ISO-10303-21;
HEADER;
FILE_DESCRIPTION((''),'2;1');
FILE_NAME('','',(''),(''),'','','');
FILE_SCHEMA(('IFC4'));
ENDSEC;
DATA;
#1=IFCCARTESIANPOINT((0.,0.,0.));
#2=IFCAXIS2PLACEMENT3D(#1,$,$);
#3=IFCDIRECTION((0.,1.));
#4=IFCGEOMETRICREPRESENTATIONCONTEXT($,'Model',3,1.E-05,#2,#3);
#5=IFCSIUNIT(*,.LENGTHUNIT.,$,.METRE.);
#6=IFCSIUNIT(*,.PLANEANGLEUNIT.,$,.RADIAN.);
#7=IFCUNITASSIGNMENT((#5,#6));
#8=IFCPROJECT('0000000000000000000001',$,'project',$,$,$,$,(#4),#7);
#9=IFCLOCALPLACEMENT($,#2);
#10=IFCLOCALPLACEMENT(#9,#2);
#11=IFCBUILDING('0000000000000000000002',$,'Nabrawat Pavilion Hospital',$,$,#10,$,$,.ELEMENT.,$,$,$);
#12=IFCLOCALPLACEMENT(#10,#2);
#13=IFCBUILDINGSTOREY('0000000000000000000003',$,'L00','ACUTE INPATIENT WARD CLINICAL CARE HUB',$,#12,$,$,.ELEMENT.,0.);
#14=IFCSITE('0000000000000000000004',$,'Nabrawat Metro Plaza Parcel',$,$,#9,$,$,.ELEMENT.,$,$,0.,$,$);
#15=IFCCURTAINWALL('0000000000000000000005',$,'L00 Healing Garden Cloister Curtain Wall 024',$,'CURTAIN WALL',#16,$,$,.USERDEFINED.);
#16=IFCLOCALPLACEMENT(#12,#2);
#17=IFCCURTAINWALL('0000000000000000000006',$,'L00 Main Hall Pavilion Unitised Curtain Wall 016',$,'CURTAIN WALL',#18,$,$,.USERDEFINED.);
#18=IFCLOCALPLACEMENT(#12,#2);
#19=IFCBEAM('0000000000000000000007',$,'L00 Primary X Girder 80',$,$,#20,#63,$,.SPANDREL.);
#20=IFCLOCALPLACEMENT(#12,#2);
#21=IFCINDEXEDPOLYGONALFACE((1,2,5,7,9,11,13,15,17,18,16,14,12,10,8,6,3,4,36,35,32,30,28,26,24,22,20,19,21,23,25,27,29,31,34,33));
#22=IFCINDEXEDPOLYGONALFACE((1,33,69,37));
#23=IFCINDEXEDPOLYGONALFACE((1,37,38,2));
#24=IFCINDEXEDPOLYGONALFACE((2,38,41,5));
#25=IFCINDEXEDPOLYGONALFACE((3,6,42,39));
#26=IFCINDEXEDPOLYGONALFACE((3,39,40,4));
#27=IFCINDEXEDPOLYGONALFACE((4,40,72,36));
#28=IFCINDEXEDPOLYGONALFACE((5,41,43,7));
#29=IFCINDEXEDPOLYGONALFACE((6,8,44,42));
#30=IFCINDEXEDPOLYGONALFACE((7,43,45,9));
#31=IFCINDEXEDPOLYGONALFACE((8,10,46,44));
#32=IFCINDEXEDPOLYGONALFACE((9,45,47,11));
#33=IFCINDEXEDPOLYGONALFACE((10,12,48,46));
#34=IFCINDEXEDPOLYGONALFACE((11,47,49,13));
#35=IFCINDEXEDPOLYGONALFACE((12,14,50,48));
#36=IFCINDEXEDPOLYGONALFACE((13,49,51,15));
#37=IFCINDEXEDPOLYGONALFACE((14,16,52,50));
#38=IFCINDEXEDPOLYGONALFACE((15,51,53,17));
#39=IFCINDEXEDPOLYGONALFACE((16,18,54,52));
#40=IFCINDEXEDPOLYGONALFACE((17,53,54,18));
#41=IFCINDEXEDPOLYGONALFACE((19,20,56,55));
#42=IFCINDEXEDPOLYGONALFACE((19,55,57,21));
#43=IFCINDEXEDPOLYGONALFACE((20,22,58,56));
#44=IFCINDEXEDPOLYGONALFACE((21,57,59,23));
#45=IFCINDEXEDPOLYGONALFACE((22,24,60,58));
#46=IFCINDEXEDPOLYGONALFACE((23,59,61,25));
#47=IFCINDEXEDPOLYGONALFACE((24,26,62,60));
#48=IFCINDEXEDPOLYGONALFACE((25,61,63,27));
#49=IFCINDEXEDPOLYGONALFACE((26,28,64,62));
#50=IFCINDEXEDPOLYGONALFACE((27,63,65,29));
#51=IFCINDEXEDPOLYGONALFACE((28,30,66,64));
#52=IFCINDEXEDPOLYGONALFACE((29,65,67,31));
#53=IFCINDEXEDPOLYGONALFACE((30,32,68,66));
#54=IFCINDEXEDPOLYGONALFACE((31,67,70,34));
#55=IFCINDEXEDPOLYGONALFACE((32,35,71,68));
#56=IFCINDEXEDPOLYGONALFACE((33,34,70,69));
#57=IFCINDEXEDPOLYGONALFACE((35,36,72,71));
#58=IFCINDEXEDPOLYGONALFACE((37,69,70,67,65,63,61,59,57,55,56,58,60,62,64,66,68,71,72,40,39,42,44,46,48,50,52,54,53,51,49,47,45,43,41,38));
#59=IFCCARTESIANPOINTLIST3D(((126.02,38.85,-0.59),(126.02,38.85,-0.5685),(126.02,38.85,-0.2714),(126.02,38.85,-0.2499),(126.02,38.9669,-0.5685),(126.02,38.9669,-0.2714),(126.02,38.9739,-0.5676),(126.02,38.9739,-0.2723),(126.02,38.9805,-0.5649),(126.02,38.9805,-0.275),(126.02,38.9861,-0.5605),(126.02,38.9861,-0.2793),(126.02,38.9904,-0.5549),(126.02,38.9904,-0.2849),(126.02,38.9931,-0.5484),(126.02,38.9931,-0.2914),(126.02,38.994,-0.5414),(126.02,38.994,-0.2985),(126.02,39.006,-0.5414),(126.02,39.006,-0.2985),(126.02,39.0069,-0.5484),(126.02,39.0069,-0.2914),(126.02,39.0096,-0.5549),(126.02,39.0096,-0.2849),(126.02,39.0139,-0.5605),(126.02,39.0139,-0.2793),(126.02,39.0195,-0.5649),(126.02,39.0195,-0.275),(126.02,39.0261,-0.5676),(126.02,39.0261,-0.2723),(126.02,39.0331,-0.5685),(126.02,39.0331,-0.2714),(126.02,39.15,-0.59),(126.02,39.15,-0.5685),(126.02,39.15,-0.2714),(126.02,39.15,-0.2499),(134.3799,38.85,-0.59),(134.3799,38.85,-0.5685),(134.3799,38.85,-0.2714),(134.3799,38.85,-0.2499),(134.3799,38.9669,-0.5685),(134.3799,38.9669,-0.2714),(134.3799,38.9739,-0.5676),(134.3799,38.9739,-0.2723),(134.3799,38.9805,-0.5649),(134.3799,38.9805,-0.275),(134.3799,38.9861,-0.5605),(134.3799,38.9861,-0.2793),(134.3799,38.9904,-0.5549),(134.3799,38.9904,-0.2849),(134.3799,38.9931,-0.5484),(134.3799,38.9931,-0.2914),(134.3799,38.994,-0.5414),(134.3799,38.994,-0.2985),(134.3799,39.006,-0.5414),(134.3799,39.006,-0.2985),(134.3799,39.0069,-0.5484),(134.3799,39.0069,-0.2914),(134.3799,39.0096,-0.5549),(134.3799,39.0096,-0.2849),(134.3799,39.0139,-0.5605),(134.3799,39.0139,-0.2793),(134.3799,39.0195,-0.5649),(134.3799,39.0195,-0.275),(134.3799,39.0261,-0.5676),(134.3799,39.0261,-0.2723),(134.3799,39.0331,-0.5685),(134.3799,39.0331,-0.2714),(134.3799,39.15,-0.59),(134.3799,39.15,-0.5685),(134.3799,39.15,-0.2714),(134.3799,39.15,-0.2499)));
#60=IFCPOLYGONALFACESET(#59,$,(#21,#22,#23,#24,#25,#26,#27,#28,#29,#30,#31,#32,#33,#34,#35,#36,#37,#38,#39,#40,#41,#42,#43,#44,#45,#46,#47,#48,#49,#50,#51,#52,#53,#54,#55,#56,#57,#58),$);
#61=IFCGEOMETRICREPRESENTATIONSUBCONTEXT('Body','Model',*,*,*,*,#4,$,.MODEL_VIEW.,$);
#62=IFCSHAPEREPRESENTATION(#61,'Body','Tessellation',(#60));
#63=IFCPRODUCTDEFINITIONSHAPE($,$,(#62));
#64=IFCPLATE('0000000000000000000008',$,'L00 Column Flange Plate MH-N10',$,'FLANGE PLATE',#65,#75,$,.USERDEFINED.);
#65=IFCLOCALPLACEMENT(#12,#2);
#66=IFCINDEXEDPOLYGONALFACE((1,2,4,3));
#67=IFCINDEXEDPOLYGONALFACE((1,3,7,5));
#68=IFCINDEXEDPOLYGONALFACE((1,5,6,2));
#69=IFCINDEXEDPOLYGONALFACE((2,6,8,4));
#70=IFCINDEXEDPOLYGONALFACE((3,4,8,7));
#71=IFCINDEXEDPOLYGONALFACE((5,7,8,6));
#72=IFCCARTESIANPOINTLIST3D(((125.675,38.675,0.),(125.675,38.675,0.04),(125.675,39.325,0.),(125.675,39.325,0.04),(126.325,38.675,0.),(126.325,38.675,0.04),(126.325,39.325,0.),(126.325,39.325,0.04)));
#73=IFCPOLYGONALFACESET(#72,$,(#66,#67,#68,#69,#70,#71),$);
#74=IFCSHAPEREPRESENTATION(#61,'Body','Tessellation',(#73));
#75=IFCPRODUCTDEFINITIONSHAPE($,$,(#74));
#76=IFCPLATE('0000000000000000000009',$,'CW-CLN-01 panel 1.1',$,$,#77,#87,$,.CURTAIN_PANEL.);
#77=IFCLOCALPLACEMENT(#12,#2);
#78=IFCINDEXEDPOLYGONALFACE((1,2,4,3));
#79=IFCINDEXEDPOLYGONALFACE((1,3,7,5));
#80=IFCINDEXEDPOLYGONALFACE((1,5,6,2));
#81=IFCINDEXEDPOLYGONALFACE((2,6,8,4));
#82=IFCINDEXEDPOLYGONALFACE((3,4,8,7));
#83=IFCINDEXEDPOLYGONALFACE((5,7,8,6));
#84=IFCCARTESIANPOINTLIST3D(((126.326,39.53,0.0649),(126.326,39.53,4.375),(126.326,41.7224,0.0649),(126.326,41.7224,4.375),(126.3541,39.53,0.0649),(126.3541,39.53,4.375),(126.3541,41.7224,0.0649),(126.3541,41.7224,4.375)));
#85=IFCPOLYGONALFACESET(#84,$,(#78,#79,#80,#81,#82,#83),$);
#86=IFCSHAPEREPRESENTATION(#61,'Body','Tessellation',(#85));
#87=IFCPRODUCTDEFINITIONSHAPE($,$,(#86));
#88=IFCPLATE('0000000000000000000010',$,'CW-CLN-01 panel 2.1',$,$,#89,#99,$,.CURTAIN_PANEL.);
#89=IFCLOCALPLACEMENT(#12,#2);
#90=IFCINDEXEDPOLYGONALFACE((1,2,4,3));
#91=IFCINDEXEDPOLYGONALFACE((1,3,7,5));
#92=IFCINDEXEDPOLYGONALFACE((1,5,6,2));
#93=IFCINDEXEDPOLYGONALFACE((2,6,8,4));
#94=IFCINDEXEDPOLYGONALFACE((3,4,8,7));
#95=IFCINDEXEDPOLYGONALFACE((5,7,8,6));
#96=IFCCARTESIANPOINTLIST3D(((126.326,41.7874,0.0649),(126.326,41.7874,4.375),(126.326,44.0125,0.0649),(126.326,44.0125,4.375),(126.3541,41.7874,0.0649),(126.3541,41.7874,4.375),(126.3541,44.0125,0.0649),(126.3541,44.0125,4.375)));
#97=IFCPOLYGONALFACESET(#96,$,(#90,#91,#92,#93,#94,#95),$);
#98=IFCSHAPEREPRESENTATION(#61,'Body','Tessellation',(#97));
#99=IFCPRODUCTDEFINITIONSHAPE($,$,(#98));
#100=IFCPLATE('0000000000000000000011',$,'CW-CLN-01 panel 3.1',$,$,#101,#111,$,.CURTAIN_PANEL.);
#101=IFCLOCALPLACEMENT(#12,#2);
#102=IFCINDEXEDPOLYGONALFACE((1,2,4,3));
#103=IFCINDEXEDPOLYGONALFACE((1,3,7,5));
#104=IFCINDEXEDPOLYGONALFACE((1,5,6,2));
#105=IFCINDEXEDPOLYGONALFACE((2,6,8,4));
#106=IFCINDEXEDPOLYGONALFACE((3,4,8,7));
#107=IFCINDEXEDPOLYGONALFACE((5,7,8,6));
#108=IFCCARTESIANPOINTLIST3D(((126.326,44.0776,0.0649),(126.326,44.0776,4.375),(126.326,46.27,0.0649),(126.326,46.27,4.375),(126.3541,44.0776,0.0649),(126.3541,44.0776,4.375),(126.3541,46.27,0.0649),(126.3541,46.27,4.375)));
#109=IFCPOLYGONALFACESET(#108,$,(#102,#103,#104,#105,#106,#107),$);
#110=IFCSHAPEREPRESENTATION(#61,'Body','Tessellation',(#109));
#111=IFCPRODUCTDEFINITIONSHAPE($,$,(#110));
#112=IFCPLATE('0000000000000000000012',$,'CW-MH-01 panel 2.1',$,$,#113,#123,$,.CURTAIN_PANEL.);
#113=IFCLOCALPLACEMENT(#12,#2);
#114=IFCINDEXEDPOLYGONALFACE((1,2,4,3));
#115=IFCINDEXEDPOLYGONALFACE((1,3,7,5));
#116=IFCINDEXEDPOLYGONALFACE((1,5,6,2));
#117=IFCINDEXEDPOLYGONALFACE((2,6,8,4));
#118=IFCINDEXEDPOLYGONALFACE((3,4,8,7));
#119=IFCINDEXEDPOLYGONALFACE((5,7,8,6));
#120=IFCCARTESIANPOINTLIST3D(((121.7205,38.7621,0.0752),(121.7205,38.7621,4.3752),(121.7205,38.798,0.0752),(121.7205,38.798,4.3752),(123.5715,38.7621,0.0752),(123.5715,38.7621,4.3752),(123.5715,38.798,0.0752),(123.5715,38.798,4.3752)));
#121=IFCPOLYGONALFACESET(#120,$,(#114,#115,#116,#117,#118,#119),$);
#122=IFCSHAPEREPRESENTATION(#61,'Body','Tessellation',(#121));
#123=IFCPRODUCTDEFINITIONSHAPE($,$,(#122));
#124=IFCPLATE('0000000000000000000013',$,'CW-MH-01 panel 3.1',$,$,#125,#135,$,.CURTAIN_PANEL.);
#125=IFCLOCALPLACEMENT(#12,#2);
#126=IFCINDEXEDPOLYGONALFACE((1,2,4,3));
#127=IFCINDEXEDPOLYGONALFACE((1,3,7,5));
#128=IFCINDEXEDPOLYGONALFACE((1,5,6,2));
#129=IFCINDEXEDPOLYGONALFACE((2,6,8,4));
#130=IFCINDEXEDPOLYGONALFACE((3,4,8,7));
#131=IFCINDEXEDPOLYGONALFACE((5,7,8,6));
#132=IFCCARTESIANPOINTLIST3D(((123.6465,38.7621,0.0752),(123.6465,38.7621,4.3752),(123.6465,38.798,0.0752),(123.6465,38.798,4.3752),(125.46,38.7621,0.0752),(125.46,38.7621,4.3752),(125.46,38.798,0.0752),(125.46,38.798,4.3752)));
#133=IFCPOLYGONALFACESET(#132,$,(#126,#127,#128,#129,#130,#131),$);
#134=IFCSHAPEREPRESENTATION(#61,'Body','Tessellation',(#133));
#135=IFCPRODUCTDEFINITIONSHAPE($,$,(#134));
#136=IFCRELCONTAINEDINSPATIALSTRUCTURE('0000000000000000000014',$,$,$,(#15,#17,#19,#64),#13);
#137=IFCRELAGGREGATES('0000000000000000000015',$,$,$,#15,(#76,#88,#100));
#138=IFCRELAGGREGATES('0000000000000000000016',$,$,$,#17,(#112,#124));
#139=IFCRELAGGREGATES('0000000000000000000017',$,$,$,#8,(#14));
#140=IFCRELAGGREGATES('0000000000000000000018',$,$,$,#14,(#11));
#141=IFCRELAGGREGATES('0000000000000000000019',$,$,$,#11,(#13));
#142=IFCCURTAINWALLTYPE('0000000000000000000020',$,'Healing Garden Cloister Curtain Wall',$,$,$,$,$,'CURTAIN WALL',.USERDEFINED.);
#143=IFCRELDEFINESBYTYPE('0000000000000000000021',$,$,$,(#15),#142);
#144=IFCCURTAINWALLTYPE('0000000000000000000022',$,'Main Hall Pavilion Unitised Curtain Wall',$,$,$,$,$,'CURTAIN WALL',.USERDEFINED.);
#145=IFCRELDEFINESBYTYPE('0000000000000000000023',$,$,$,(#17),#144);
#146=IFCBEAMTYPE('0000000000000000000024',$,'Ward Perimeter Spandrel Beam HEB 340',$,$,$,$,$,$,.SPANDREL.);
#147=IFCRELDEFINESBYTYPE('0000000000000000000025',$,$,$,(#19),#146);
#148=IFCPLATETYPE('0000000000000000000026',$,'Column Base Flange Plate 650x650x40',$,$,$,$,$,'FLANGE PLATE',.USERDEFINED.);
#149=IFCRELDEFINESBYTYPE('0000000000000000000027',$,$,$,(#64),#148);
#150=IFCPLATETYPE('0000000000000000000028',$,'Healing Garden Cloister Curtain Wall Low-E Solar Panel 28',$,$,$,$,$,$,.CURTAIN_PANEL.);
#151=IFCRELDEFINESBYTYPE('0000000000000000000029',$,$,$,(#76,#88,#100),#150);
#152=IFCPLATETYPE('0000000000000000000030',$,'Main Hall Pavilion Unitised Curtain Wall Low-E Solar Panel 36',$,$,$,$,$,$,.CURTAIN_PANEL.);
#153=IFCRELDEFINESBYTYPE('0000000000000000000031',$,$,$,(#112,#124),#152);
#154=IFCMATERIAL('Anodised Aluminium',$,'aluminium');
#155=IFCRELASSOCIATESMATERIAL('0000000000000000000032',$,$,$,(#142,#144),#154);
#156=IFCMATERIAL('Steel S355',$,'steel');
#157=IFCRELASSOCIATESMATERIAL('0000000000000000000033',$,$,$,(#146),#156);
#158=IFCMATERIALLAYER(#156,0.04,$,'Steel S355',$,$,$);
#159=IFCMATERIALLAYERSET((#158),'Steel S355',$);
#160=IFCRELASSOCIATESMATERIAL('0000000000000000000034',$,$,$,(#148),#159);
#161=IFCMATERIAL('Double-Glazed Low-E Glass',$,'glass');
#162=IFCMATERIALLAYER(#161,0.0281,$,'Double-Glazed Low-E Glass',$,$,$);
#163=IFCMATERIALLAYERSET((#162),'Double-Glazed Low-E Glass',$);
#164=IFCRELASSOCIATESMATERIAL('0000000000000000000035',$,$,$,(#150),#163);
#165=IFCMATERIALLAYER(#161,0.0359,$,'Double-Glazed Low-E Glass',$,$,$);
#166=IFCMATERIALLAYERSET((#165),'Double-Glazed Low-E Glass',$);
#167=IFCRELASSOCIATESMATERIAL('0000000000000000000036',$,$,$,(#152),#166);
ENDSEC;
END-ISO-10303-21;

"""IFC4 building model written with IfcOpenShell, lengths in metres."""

from ifc_helpers import new_model, si_unit, direction, frame, origin, origin_2d, place, context, subcontext, project, spatial, rectangle, i_section, extrude, material, layer, layer_set, material_profile, profile_set, type_object, element, aggregate, save


model = new_model("IFC4")

# Units and contexts
model_context = context("Model", 3, precision=1e-05, world=origin(), true_north=direction((0.0, 1.0)))
body_context = subcontext(model_context, "Body", "Model", "MODEL_VIEW")
ifc_project = project(units=[si_unit("LENGTHUNIT", "METRE"), si_unit("PLANEANGLEUNIT", "RADIAN")], contexts=[model_context])

# Site, building, storey
site_placement = place(None, origin())
site = spatial("IfcSite", under=ifc_project, at=site_placement, Name="Nabrawat Metro Plaza Parcel", CompositionType="ELEMENT", RefElevation=0.0)
building_placement = place(site_placement, origin())
building = spatial("IfcBuilding", under=site, at=building_placement, Name="Nabrawat Pavilion Hospital", CompositionType="ELEMENT")
storey_placement = place(building_placement, origin())
storey = spatial("IfcBuildingStorey", under=building, at=storey_placement, Name="L00", Description="ACUTE INPATIENT WARD CLINICAL CARE HUB", CompositionType="ELEMENT", Elevation=0.0)

# Shared definitions
ifc_material_1 = material(Name="Steel S355", Category="steel")

# Curtain walls
ifc_material_2 = material(Name="Anodised Aluminium", Category="aluminium")
curtain_wall_type_1 = type_object("IfcCurtainWallType", Name="Healing Garden Cloister Curtain Wall", ElementType="CURTAIN WALL", PredefinedType="USERDEFINED", material=ifc_material_2)
curtain_wall_1_placement = place(storey_placement, origin())
curtain_wall_1 = element("IfcCurtainWall", 1, at=curtain_wall_1_placement, inside=storey, type_object=curtain_wall_type_1, Name="L00 Healing Garden Cloister Curtain Wall 024", ObjectType="CURTAIN WALL", PredefinedType="USERDEFINED")
curtain_wall_type_2 = type_object("IfcCurtainWallType", Name="Main Hall Pavilion Unitised Curtain Wall", ElementType="CURTAIN WALL", PredefinedType="USERDEFINED", material=ifc_material_2)
curtain_wall_2_placement = place(storey_placement, origin())
curtain_wall_2 = element("IfcCurtainWall", 2, at=curtain_wall_2_placement, inside=storey, type_object=curtain_wall_type_2, Name="L00 Main Hall Pavilion Unitised Curtain Wall 016", ObjectType="CURTAIN WALL", PredefinedType="USERDEFINED")

# Beam
ifc_material_profile_1 = material_profile(ifc_material_1, i_section(OverallWidth=0.3, OverallDepth=0.3401, WebThickness=0.012, FlangeThickness=0.0215, FilletRadius=0.0271, at=origin_2d()), Name="HEB 340")
ifc_profile_set_1 = profile_set([ifc_material_profile_1], Name="Steel S355")
beam_type_1 = type_object("IfcBeamType", Name="Ward Perimeter Spandrel Beam HEB 340", PredefinedType="SPANDREL", material=ifc_profile_set_1)
beam_1_placement = place(storey_placement, frame((126.02, 39.0, -0.4199), z_axis=(1.0, 0.0, 0.0), x_axis=(0.0, 1.0, 0.0)))
element("IfcBeam", 3, at=beam_1_placement, inside=storey, type_object=beam_type_1, Name="L00 Primary X Girder 80", PredefinedType="SPANDREL", context=body_context, shape_type="SweptSolid", body=[
    extrude(i_section(OverallWidth=0.3, OverallDepth=0.3401, WebThickness=0.012, FlangeThickness=0.0215, FilletRadius=0.0271, at=origin_2d()), origin(), (0.0, 0.0, 1.0), 8.3599),
])

# Plates
ifc_layer_1 = layer(ifc_material_1, 0.04, Name="Steel S355")
ifc_layer_set_1 = layer_set([ifc_layer_1], Name="Steel S355")
plate_type_1 = type_object("IfcPlateType", Name="Column Base Flange Plate 650x650x40", ElementType="FLANGE PLATE", PredefinedType="USERDEFINED", material=ifc_layer_set_1)
plate_1_placement = place(storey_placement, frame((126.0, 39.0, 0.0), z_axis=(0.0, 0.0, 1.0), x_axis=(1.0, 0.0, 0.0)))
element("IfcPlate", 4, at=plate_1_placement, inside=storey, type_object=plate_type_1, Name="L00 Column Flange Plate MH-N10", ObjectType="FLANGE PLATE", PredefinedType="USERDEFINED", context=body_context, shape_type="SweptSolid", body=[
    extrude(rectangle(XDim=0.6499, YDim=0.6499, at=origin_2d()), origin(), (0.0, 0.0, 1.0), 0.04),
])
ifc_material_3 = material(Name="Double-Glazed Low-E Glass", Category="glass")
ifc_layer_2 = layer(ifc_material_3, 0.0281, Name="Double-Glazed Low-E Glass")
ifc_layer_set_2 = layer_set([ifc_layer_2], Name="Double-Glazed Low-E Glass")
plate_type_2 = type_object("IfcPlateType", Name="Healing Garden Cloister Curtain Wall Low-E Solar Panel 28", PredefinedType="CURTAIN_PANEL", material=ifc_layer_set_2)
plate_2_placement = place(storey_placement, frame((126.3401, 40.6262, 0.0649), z_axis=(0.0, 0.0, 1.0), x_axis=(0.0, 1.0, 0.0)))
plate_2 = element("IfcPlate", 5, at=plate_2_placement, type_object=plate_type_2, Name="CW-CLN-01 panel 1.1", PredefinedType="CURTAIN_PANEL", context=body_context, shape_type="SweptSolid", body=[
    extrude(rectangle(XDim=2.1924, YDim=0.0281, at=origin_2d()), origin(), (0.0, 0.0, 1.0), 4.3101),
])
plate_3_placement = place(storey_placement, frame((126.3401, 42.8999, 0.0649), z_axis=(0.0, 0.0, 1.0), x_axis=(0.0, 1.0, 0.0)))
plate_3 = element("IfcPlate", 6, at=plate_3_placement, type_object=plate_type_2, Name="CW-CLN-01 panel 2.1", PredefinedType="CURTAIN_PANEL", context=body_context, shape_type="SweptSolid", body=[
    extrude(rectangle(XDim=2.2251, YDim=0.0281, at=origin_2d()), origin(), (0.0, 0.0, 1.0), 4.3101),
])
plate_4_placement = place(storey_placement, frame((126.3401, 45.1738, 0.0649), z_axis=(0.0, 0.0, 1.0), x_axis=(0.0, 1.0, 0.0)))
plate_4 = element("IfcPlate", 7, at=plate_4_placement, type_object=plate_type_2, Name="CW-CLN-01 panel 3.1", PredefinedType="CURTAIN_PANEL", context=body_context, shape_type="SweptSolid", body=[
    extrude(rectangle(XDim=2.1924, YDim=0.0281, at=origin_2d()), origin(), (0.0, 0.0, 1.0), 4.3101),
])
aggregate(curtain_wall_1, [plate_2, plate_3, plate_4])
ifc_layer_3 = layer(ifc_material_3, 0.0359, Name="Double-Glazed Low-E Glass")
ifc_layer_set_3 = layer_set([ifc_layer_3], Name="Double-Glazed Low-E Glass")
plate_type_3 = type_object("IfcPlateType", Name="Main Hall Pavilion Unitised Curtain Wall Low-E Solar Panel 36", PredefinedType="CURTAIN_PANEL", material=ifc_layer_set_3)
plate_5_placement = place(storey_placement, frame((122.646, 38.78, 0.0752), z_axis=(0.0, 0.0, 1.0), x_axis=(1.0, 0.0, 0.0)))
plate_5 = element("IfcPlate", 8, at=plate_5_placement, type_object=plate_type_3, Name="CW-MH-01 panel 2.1", PredefinedType="CURTAIN_PANEL", context=body_context, shape_type="SweptSolid", body=[
    extrude(rectangle(XDim=1.8511, YDim=0.0359, at=origin_2d()), origin(), (0.0, 0.0, 1.0), 4.3),
])
plate_6_placement = place(storey_placement, frame((124.5532, 38.78, 0.0752), z_axis=(0.0, 0.0, 1.0), x_axis=(1.0, 0.0, 0.0)))
plate_6 = element("IfcPlate", 9, at=plate_6_placement, type_object=plate_type_3, Name="CW-MH-01 panel 3.1", PredefinedType="CURTAIN_PANEL", context=body_context, shape_type="SweptSolid", body=[
    extrude(rectangle(XDim=1.8135, YDim=0.0359, at=origin_2d()), origin(), (0.0, 0.0, 1.0), 4.3),
])
aggregate(curtain_wall_2, [plate_5, plate_6])

save(model, "model.ifc")
